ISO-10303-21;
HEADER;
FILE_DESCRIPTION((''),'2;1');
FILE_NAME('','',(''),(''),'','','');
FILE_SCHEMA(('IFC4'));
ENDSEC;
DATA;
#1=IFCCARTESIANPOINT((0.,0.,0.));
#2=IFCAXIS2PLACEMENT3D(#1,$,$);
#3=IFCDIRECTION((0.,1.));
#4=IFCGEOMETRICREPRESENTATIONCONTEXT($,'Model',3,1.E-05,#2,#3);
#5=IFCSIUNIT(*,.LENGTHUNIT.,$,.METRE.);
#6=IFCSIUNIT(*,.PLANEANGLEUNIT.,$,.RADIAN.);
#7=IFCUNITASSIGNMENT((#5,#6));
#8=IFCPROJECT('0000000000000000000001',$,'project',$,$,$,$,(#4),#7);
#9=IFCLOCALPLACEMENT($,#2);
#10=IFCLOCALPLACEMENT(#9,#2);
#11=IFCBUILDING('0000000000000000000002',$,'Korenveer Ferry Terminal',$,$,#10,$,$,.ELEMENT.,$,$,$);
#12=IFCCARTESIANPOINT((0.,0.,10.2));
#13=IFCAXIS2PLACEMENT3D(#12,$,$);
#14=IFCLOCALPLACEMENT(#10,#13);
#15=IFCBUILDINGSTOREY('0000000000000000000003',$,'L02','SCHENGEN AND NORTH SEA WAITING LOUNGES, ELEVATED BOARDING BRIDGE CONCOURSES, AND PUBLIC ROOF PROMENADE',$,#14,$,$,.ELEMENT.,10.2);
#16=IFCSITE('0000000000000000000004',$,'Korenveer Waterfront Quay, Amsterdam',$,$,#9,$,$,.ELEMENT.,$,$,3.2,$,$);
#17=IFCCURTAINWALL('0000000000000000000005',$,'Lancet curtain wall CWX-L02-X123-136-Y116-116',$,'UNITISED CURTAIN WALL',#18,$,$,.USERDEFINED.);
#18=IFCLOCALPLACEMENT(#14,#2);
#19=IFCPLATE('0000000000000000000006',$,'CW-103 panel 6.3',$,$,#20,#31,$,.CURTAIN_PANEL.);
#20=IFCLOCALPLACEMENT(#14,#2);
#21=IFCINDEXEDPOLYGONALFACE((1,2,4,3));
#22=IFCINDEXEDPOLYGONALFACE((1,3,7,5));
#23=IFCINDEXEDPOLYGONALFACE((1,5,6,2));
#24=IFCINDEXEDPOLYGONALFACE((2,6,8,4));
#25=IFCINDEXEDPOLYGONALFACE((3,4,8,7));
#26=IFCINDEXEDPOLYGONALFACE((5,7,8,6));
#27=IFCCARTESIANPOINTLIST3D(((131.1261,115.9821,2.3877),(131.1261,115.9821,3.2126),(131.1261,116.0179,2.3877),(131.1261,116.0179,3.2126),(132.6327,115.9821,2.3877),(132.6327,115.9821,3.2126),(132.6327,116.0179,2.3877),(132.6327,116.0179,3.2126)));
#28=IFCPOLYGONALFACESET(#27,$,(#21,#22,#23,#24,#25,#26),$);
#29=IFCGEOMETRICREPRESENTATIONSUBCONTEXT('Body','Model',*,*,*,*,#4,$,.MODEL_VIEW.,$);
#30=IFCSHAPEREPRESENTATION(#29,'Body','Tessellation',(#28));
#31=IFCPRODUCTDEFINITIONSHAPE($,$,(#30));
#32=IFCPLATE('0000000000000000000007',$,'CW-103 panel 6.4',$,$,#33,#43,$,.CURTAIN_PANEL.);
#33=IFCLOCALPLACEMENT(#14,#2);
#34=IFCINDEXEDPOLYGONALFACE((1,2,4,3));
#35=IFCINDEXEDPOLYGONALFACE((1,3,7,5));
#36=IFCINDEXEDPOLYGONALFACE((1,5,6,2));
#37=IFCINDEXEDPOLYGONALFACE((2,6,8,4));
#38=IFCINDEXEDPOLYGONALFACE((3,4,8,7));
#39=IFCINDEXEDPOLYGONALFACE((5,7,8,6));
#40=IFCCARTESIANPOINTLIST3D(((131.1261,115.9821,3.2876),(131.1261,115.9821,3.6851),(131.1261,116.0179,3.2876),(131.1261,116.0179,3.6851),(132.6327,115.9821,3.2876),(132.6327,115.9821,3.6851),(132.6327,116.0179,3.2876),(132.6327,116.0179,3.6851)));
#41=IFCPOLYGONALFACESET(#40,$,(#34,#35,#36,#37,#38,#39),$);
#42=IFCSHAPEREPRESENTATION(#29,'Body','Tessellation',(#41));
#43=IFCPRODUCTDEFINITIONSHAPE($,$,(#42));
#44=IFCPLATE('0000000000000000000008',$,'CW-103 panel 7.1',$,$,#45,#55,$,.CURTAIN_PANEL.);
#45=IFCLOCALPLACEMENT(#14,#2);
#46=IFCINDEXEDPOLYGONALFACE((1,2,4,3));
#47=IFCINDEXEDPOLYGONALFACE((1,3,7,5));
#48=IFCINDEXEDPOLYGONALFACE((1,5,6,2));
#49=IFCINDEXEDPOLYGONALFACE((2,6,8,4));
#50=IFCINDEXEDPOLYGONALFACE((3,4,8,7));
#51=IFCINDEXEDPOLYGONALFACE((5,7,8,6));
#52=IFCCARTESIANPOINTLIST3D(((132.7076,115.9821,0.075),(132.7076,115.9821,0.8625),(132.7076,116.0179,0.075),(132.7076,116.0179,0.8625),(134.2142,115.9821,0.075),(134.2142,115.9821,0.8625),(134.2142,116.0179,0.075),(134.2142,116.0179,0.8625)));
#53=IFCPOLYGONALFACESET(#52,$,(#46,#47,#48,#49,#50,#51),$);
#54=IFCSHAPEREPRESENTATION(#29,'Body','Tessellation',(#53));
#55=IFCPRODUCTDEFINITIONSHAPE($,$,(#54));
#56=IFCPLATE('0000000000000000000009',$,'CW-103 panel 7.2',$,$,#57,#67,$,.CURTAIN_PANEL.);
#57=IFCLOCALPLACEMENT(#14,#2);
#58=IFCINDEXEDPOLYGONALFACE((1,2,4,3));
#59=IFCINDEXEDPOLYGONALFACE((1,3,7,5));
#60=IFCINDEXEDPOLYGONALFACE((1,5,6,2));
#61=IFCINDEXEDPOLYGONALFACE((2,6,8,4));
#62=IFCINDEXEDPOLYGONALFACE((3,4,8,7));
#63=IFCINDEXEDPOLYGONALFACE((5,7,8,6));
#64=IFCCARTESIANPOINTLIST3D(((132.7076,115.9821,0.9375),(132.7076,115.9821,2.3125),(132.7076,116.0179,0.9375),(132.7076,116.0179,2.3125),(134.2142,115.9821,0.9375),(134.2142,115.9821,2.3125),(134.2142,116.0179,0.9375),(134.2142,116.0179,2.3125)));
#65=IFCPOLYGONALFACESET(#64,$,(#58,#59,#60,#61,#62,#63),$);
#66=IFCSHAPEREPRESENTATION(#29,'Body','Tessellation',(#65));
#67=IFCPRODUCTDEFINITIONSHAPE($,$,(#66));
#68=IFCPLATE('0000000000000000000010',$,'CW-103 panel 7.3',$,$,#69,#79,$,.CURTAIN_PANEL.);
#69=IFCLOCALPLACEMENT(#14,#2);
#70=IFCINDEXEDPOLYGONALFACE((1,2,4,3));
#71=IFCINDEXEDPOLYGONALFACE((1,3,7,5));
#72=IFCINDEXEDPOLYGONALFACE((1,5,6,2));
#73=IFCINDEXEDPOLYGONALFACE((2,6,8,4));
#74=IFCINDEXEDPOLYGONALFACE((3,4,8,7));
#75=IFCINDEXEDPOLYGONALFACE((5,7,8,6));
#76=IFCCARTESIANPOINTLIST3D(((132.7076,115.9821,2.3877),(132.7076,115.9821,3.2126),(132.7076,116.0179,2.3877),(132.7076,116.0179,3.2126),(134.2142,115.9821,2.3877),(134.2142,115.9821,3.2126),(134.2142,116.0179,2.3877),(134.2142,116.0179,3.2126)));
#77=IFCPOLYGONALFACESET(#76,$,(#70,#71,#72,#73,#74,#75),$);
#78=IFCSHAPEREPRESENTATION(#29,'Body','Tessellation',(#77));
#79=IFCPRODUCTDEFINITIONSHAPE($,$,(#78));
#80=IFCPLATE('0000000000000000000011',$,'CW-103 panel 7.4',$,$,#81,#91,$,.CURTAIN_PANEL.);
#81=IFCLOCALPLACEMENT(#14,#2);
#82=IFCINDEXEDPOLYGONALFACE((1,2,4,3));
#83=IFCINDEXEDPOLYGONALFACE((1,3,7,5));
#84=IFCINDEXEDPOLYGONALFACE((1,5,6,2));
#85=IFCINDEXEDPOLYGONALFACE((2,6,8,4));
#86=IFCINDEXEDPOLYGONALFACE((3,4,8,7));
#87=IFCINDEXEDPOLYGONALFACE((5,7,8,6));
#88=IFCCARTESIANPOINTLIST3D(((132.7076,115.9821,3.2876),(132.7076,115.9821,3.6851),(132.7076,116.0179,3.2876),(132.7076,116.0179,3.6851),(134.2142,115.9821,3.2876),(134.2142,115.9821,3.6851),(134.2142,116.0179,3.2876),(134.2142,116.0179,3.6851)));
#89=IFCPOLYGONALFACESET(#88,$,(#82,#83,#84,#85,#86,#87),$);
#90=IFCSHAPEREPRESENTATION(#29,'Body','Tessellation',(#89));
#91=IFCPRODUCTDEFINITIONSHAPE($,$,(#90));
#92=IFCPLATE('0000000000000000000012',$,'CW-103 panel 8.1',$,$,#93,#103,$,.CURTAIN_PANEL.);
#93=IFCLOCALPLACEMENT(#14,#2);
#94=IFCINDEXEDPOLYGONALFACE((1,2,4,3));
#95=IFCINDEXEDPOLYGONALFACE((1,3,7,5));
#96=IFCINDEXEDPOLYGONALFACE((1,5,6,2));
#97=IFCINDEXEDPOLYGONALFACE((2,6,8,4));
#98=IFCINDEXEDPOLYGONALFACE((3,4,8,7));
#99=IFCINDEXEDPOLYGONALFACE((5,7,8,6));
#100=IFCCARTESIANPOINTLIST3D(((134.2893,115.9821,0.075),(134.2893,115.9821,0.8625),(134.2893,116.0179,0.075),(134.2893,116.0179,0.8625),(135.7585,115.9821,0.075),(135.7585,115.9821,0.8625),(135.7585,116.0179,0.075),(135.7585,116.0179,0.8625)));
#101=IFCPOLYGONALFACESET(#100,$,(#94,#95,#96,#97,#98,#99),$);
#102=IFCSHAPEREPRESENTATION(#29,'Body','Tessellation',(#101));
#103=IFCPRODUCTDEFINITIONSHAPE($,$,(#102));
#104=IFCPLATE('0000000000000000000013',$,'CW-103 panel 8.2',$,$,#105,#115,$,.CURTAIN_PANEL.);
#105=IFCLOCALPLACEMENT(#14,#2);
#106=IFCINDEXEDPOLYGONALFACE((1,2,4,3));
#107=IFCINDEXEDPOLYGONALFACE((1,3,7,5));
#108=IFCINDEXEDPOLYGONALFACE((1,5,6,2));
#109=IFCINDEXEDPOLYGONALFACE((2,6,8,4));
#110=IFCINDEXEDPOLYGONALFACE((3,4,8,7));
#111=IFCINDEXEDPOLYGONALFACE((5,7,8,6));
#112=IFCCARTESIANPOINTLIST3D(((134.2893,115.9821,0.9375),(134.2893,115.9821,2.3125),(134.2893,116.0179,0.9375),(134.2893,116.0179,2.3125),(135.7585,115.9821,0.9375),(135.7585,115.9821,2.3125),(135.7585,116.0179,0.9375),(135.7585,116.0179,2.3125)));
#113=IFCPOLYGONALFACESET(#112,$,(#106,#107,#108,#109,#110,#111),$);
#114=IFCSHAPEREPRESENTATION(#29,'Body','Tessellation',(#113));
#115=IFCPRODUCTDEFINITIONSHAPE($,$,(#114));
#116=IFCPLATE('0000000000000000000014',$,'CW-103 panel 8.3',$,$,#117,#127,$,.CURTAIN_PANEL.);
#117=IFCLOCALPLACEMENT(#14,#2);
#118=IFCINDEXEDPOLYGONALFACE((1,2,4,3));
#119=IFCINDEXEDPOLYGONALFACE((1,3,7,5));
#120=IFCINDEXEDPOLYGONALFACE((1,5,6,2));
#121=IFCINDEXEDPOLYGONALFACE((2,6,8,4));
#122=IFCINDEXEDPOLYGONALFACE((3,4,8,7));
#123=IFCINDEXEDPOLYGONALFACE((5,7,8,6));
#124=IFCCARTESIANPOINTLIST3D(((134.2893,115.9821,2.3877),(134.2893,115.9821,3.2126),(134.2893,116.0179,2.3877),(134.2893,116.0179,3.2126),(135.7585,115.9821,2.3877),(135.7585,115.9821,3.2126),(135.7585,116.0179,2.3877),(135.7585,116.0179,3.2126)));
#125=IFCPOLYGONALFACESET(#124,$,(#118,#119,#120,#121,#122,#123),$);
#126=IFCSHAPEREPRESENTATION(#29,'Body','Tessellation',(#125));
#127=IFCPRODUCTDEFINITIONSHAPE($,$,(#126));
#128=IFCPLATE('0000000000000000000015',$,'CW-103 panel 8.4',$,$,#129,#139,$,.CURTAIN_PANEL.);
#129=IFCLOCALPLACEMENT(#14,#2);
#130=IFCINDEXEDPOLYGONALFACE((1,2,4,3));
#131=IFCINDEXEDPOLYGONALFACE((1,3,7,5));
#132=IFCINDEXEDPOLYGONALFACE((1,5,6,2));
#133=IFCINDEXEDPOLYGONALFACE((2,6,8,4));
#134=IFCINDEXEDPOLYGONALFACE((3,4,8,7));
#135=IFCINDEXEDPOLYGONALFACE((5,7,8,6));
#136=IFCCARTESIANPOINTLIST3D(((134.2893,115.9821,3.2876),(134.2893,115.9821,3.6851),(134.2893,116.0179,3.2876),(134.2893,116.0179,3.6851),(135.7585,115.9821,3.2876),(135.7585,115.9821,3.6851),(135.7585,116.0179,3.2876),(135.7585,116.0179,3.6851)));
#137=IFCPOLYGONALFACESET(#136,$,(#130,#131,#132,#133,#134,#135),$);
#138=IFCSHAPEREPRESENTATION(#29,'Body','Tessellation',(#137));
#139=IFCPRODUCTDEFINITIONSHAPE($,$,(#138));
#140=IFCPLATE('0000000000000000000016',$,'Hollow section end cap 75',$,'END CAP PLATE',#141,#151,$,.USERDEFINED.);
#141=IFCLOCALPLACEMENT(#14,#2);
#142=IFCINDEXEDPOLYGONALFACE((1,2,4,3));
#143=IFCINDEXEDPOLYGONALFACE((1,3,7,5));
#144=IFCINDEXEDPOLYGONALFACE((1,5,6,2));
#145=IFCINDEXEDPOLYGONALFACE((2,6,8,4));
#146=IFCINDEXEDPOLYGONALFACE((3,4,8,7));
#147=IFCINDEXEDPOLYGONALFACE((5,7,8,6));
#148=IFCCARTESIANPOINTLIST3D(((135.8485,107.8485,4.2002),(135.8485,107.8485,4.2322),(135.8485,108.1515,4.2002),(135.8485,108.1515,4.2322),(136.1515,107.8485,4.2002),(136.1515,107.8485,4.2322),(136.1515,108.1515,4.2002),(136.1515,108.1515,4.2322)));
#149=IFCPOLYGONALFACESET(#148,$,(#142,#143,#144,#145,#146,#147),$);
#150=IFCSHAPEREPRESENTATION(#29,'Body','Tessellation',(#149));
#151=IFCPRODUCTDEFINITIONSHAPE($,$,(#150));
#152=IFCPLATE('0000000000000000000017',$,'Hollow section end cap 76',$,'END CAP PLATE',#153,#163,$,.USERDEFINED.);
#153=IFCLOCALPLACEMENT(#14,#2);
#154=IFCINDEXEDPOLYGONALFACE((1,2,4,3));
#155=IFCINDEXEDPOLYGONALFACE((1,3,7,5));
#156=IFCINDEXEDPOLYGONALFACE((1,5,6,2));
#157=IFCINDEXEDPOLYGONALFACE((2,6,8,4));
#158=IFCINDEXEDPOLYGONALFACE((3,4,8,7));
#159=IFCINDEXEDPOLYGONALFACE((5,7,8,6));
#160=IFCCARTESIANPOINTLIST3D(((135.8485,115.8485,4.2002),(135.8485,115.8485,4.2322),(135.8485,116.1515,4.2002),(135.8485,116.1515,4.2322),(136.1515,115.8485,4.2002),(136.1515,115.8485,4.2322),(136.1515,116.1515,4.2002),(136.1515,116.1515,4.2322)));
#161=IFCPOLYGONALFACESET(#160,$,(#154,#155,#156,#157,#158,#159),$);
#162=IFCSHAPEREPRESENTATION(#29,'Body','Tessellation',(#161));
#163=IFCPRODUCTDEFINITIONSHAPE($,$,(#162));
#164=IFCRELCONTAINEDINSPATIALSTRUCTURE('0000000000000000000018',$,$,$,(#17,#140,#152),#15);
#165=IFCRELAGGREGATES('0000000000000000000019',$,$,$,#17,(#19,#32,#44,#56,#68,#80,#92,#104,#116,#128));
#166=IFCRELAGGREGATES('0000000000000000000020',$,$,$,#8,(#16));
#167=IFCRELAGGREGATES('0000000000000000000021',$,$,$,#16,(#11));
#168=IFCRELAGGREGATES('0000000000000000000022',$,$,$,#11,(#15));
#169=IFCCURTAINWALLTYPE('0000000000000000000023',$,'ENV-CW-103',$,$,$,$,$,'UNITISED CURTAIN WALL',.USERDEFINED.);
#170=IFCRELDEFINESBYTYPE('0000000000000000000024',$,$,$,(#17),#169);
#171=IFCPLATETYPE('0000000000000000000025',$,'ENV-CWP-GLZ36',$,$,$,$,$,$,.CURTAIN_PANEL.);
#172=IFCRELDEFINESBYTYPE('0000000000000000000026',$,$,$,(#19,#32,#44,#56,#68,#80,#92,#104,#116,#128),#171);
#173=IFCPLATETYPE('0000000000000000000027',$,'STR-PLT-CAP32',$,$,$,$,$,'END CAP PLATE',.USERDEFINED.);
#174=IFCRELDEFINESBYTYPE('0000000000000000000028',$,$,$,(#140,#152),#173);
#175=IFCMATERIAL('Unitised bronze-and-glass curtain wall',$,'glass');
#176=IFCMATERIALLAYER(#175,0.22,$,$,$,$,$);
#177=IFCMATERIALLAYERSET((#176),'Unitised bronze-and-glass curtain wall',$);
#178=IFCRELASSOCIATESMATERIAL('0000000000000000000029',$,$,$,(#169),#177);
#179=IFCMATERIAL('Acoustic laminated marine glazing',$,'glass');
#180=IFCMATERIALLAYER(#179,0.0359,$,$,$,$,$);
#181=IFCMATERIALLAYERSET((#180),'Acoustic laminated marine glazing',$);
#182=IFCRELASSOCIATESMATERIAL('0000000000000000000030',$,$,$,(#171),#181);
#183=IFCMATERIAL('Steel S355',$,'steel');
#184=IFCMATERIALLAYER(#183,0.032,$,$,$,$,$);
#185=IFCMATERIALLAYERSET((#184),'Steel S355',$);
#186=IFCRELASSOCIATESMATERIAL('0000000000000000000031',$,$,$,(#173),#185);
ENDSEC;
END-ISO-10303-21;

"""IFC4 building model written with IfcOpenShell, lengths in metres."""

from ifc_helpers import new_model, si_unit, direction, frame, origin, origin_2d, place, context, subcontext, project, spatial, rectangle, extrude, material, layer, layer_set, type_object, element, aggregate, save


model = new_model("IFC4")

# Units and contexts
model_context = context("Model", 3, precision=1e-05, world=origin(), true_north=direction((0.0, 1.0)))
body_context = subcontext(model_context, "Body", "Model", "MODEL_VIEW")
ifc_project = project(units=[si_unit("LENGTHUNIT", "METRE"), si_unit("PLANEANGLEUNIT", "RADIAN")], contexts=[model_context])

# Site, building, storey
site_placement = place(None, origin())
site = spatial("IfcSite", under=ifc_project, at=site_placement, Name="Korenveer Waterfront Quay, Amsterdam", CompositionType="ELEMENT", RefElevation=3.2)
building_placement = place(site_placement, origin())
building = spatial("IfcBuilding", under=site, at=building_placement, Name="Korenveer Ferry Terminal", CompositionType="ELEMENT")
storey_placement = place(building_placement, frame((0.0, 0.0, 10.2)))
storey = spatial("IfcBuildingStorey", under=building, at=storey_placement, Name="L02", Description="SCHENGEN AND NORTH SEA WAITING LOUNGES, ELEVATED BOARDING BRIDGE CONCOURSES, AND PUBLIC ROOF PROMENADE", CompositionType="ELEMENT", Elevation=10.2)

# Shared definitions
ifc_material_1 = material(Name="Steel S355", Category="steel")

# Curtain wall, plates
ifc_material_2 = material(Name="Unitised bronze-and-glass curtain wall", Category="glass")
ifc_layer_1 = layer(ifc_material_2, 0.22)
ifc_layer_set_1 = layer_set([ifc_layer_1], Name="Unitised bronze-and-glass curtain wall")
curtain_wall_type = type_object("IfcCurtainWallType", Name="ENV-CW-103", ElementType="UNITISED CURTAIN WALL", PredefinedType="USERDEFINED", material=ifc_layer_set_1)
curtain_wall_placement = place(storey_placement, frame((123.1799, 116.0, 0.0)))
curtain_wall = element("IfcCurtainWall", 1, at=curtain_wall_placement, inside=storey, type_object=curtain_wall_type, Name="Lancet curtain wall CWX-L02-X123-136-Y116-116", ObjectType="UNITISED CURTAIN WALL", PredefinedType="USERDEFINED")
ifc_material_3 = material(Name="Acoustic laminated marine glazing", Category="glass")
ifc_layer_2 = layer(ifc_material_3, 0.0359)
ifc_layer_set_2 = layer_set([ifc_layer_2], Name="Acoustic laminated marine glazing")
plate_type_1 = type_object("IfcPlateType", Name="ENV-CWP-GLZ36", PredefinedType="CURTAIN_PANEL", material=ifc_layer_set_2)
plate_1_placement = place(storey_placement, frame((131.8794, 116.0, 2.3877), z_axis=(0.0, 0.0, 1.0), x_axis=(1.0, 0.0, 0.0)))
plate_1 = element("IfcPlate", 2, at=plate_1_placement, type_object=plate_type_1, Name="CW-103 panel 6.3", PredefinedType="CURTAIN_PANEL", context=body_context, shape_type="SweptSolid", body=[
    extrude(rectangle(XDim=1.5066, YDim=0.0359, at=origin_2d()), origin(), (0.0, 0.0, 1.0), 0.825),
])
plate_2_placement = place(storey_placement, frame((131.8794, 116.0, 3.2876), z_axis=(0.0, 0.0, 1.0), x_axis=(1.0, 0.0, 0.0)))
plate_2 = element("IfcPlate", 3, at=plate_2_placement, type_object=plate_type_1, Name="CW-103 panel 6.4", PredefinedType="CURTAIN_PANEL", context=body_context, shape_type="SweptSolid", body=[
    extrude(rectangle(XDim=1.5066, YDim=0.0359, at=origin_2d()), origin(), (0.0, 0.0, 1.0), 0.3975),
])
plate_3_placement = place(storey_placement, frame((133.4609, 116.0, 0.075), z_axis=(0.0, 0.0, 1.0), x_axis=(1.0, 0.0, 0.0)))
plate_3 = element("IfcPlate", 4, at=plate_3_placement, type_object=plate_type_1, Name="CW-103 panel 7.1", PredefinedType="CURTAIN_PANEL", context=body_context, shape_type="SweptSolid", body=[
    extrude(rectangle(XDim=1.5066, YDim=0.0359, at=origin_2d()), origin(), (0.0, 0.0, 1.0), 0.7876),
])
plate_4_placement = place(storey_placement, frame((133.4609, 116.0, 0.9375), z_axis=(0.0, 0.0, 1.0), x_axis=(1.0, 0.0, 0.0)))
plate_4 = element("IfcPlate", 5, at=plate_4_placement, type_object=plate_type_1, Name="CW-103 panel 7.2", PredefinedType="CURTAIN_PANEL", context=body_context, shape_type="SweptSolid", body=[
    extrude(rectangle(XDim=1.5066, YDim=0.0359, at=origin_2d()), origin(), (0.0, 0.0, 1.0), 1.375),
])
plate_5_placement = place(storey_placement, frame((133.4609, 116.0, 2.3877), z_axis=(0.0, 0.0, 1.0), x_axis=(1.0, 0.0, 0.0)))
plate_5 = element("IfcPlate", 6, at=plate_5_placement, type_object=plate_type_1, Name="CW-103 panel 7.3", PredefinedType="CURTAIN_PANEL", context=body_context, shape_type="SweptSolid", body=[
    extrude(rectangle(XDim=1.5066, YDim=0.0359, at=origin_2d()), origin(), (0.0, 0.0, 1.0), 0.825),
])
plate_6_placement = place(storey_placement, frame((133.4609, 116.0, 3.2876), z_axis=(0.0, 0.0, 1.0), x_axis=(1.0, 0.0, 0.0)))
plate_6 = element("IfcPlate", 7, at=plate_6_placement, type_object=plate_type_1, Name="CW-103 panel 7.4", PredefinedType="CURTAIN_PANEL", context=body_context, shape_type="SweptSolid", body=[
    extrude(rectangle(XDim=1.5066, YDim=0.0359, at=origin_2d()), origin(), (0.0, 0.0, 1.0), 0.3975),
])
plate_7_placement = place(storey_placement, frame((135.0239, 116.0, 0.075), z_axis=(0.0, 0.0, 1.0), x_axis=(1.0, 0.0, 0.0)))
plate_7 = element("IfcPlate", 8, at=plate_7_placement, type_object=plate_type_1, Name="CW-103 panel 8.1", PredefinedType="CURTAIN_PANEL", context=body_context, shape_type="SweptSolid", body=[
    extrude(rectangle(XDim=1.4692, YDim=0.0359, at=origin_2d()), origin(), (0.0, 0.0, 1.0), 0.7876),
])
plate_8_placement = place(storey_placement, frame((135.0239, 116.0, 0.9375), z_axis=(0.0, 0.0, 1.0), x_axis=(1.0, 0.0, 0.0)))
plate_8 = element("IfcPlate", 9, at=plate_8_placement, type_object=plate_type_1, Name="CW-103 panel 8.2", PredefinedType="CURTAIN_PANEL", context=body_context, shape_type="SweptSolid", body=[
    extrude(rectangle(XDim=1.4692, YDim=0.0359, at=origin_2d()), origin(), (0.0, 0.0, 1.0), 1.375),
])
plate_9_placement = place(storey_placement, frame((135.0239, 116.0, 2.3877), z_axis=(0.0, 0.0, 1.0), x_axis=(1.0, 0.0, 0.0)))
plate_9 = element("IfcPlate", 10, at=plate_9_placement, type_object=plate_type_1, Name="CW-103 panel 8.3", PredefinedType="CURTAIN_PANEL", context=body_context, shape_type="SweptSolid", body=[
    extrude(rectangle(XDim=1.4692, YDim=0.0359, at=origin_2d()), origin(), (0.0, 0.0, 1.0), 0.825),
])
plate_10_placement = place(storey_placement, frame((135.0239, 116.0, 3.2876), z_axis=(0.0, 0.0, 1.0), x_axis=(1.0, 0.0, 0.0)))
plate_10 = element("IfcPlate", 11, at=plate_10_placement, type_object=plate_type_1, Name="CW-103 panel 8.4", PredefinedType="CURTAIN_PANEL", context=body_context, shape_type="SweptSolid", body=[
    extrude(rectangle(XDim=1.4692, YDim=0.0359, at=origin_2d()), origin(), (0.0, 0.0, 1.0), 0.3975),
])
aggregate(curtain_wall, [plate_1, plate_2, plate_3, plate_4, plate_5, plate_6, plate_7, plate_8, plate_9, plate_10])

# Plates
ifc_layer_3 = layer(ifc_material_1, 0.032)
ifc_layer_set_3 = layer_set([ifc_layer_3], Name="Steel S355")
plate_type_2 = type_object("IfcPlateType", Name="STR-PLT-CAP32", ElementType="END CAP PLATE", PredefinedType="USERDEFINED", material=ifc_layer_set_3)
for number, where, z_axis, x_axis, name in (
    (12, (136.0, 108.0, 4.2002), (0.0, 0.0, 1.0), (1.0, 0.0, 0.0), "Hollow section end cap 75"),
    (13, (136.0, 116.0, 4.2002), (0.0, 0.0, 1.0), (1.0, 0.0, 0.0), "Hollow section end cap 76"),
):
    element("IfcPlate", number, at=place(storey_placement, frame(where, z_axis=z_axis, x_axis=x_axis)), inside=storey, type_object=plate_type_2, Name=name, ObjectType="END CAP PLATE", PredefinedType="USERDEFINED", context=body_context, shape_type="SweptSolid", body=[
        extrude(rectangle(XDim=0.303, YDim=0.303, at=origin_2d()), origin(), (0.0, 0.0, 1.0), 0.032),
    ])

save(model, "model.ifc")
